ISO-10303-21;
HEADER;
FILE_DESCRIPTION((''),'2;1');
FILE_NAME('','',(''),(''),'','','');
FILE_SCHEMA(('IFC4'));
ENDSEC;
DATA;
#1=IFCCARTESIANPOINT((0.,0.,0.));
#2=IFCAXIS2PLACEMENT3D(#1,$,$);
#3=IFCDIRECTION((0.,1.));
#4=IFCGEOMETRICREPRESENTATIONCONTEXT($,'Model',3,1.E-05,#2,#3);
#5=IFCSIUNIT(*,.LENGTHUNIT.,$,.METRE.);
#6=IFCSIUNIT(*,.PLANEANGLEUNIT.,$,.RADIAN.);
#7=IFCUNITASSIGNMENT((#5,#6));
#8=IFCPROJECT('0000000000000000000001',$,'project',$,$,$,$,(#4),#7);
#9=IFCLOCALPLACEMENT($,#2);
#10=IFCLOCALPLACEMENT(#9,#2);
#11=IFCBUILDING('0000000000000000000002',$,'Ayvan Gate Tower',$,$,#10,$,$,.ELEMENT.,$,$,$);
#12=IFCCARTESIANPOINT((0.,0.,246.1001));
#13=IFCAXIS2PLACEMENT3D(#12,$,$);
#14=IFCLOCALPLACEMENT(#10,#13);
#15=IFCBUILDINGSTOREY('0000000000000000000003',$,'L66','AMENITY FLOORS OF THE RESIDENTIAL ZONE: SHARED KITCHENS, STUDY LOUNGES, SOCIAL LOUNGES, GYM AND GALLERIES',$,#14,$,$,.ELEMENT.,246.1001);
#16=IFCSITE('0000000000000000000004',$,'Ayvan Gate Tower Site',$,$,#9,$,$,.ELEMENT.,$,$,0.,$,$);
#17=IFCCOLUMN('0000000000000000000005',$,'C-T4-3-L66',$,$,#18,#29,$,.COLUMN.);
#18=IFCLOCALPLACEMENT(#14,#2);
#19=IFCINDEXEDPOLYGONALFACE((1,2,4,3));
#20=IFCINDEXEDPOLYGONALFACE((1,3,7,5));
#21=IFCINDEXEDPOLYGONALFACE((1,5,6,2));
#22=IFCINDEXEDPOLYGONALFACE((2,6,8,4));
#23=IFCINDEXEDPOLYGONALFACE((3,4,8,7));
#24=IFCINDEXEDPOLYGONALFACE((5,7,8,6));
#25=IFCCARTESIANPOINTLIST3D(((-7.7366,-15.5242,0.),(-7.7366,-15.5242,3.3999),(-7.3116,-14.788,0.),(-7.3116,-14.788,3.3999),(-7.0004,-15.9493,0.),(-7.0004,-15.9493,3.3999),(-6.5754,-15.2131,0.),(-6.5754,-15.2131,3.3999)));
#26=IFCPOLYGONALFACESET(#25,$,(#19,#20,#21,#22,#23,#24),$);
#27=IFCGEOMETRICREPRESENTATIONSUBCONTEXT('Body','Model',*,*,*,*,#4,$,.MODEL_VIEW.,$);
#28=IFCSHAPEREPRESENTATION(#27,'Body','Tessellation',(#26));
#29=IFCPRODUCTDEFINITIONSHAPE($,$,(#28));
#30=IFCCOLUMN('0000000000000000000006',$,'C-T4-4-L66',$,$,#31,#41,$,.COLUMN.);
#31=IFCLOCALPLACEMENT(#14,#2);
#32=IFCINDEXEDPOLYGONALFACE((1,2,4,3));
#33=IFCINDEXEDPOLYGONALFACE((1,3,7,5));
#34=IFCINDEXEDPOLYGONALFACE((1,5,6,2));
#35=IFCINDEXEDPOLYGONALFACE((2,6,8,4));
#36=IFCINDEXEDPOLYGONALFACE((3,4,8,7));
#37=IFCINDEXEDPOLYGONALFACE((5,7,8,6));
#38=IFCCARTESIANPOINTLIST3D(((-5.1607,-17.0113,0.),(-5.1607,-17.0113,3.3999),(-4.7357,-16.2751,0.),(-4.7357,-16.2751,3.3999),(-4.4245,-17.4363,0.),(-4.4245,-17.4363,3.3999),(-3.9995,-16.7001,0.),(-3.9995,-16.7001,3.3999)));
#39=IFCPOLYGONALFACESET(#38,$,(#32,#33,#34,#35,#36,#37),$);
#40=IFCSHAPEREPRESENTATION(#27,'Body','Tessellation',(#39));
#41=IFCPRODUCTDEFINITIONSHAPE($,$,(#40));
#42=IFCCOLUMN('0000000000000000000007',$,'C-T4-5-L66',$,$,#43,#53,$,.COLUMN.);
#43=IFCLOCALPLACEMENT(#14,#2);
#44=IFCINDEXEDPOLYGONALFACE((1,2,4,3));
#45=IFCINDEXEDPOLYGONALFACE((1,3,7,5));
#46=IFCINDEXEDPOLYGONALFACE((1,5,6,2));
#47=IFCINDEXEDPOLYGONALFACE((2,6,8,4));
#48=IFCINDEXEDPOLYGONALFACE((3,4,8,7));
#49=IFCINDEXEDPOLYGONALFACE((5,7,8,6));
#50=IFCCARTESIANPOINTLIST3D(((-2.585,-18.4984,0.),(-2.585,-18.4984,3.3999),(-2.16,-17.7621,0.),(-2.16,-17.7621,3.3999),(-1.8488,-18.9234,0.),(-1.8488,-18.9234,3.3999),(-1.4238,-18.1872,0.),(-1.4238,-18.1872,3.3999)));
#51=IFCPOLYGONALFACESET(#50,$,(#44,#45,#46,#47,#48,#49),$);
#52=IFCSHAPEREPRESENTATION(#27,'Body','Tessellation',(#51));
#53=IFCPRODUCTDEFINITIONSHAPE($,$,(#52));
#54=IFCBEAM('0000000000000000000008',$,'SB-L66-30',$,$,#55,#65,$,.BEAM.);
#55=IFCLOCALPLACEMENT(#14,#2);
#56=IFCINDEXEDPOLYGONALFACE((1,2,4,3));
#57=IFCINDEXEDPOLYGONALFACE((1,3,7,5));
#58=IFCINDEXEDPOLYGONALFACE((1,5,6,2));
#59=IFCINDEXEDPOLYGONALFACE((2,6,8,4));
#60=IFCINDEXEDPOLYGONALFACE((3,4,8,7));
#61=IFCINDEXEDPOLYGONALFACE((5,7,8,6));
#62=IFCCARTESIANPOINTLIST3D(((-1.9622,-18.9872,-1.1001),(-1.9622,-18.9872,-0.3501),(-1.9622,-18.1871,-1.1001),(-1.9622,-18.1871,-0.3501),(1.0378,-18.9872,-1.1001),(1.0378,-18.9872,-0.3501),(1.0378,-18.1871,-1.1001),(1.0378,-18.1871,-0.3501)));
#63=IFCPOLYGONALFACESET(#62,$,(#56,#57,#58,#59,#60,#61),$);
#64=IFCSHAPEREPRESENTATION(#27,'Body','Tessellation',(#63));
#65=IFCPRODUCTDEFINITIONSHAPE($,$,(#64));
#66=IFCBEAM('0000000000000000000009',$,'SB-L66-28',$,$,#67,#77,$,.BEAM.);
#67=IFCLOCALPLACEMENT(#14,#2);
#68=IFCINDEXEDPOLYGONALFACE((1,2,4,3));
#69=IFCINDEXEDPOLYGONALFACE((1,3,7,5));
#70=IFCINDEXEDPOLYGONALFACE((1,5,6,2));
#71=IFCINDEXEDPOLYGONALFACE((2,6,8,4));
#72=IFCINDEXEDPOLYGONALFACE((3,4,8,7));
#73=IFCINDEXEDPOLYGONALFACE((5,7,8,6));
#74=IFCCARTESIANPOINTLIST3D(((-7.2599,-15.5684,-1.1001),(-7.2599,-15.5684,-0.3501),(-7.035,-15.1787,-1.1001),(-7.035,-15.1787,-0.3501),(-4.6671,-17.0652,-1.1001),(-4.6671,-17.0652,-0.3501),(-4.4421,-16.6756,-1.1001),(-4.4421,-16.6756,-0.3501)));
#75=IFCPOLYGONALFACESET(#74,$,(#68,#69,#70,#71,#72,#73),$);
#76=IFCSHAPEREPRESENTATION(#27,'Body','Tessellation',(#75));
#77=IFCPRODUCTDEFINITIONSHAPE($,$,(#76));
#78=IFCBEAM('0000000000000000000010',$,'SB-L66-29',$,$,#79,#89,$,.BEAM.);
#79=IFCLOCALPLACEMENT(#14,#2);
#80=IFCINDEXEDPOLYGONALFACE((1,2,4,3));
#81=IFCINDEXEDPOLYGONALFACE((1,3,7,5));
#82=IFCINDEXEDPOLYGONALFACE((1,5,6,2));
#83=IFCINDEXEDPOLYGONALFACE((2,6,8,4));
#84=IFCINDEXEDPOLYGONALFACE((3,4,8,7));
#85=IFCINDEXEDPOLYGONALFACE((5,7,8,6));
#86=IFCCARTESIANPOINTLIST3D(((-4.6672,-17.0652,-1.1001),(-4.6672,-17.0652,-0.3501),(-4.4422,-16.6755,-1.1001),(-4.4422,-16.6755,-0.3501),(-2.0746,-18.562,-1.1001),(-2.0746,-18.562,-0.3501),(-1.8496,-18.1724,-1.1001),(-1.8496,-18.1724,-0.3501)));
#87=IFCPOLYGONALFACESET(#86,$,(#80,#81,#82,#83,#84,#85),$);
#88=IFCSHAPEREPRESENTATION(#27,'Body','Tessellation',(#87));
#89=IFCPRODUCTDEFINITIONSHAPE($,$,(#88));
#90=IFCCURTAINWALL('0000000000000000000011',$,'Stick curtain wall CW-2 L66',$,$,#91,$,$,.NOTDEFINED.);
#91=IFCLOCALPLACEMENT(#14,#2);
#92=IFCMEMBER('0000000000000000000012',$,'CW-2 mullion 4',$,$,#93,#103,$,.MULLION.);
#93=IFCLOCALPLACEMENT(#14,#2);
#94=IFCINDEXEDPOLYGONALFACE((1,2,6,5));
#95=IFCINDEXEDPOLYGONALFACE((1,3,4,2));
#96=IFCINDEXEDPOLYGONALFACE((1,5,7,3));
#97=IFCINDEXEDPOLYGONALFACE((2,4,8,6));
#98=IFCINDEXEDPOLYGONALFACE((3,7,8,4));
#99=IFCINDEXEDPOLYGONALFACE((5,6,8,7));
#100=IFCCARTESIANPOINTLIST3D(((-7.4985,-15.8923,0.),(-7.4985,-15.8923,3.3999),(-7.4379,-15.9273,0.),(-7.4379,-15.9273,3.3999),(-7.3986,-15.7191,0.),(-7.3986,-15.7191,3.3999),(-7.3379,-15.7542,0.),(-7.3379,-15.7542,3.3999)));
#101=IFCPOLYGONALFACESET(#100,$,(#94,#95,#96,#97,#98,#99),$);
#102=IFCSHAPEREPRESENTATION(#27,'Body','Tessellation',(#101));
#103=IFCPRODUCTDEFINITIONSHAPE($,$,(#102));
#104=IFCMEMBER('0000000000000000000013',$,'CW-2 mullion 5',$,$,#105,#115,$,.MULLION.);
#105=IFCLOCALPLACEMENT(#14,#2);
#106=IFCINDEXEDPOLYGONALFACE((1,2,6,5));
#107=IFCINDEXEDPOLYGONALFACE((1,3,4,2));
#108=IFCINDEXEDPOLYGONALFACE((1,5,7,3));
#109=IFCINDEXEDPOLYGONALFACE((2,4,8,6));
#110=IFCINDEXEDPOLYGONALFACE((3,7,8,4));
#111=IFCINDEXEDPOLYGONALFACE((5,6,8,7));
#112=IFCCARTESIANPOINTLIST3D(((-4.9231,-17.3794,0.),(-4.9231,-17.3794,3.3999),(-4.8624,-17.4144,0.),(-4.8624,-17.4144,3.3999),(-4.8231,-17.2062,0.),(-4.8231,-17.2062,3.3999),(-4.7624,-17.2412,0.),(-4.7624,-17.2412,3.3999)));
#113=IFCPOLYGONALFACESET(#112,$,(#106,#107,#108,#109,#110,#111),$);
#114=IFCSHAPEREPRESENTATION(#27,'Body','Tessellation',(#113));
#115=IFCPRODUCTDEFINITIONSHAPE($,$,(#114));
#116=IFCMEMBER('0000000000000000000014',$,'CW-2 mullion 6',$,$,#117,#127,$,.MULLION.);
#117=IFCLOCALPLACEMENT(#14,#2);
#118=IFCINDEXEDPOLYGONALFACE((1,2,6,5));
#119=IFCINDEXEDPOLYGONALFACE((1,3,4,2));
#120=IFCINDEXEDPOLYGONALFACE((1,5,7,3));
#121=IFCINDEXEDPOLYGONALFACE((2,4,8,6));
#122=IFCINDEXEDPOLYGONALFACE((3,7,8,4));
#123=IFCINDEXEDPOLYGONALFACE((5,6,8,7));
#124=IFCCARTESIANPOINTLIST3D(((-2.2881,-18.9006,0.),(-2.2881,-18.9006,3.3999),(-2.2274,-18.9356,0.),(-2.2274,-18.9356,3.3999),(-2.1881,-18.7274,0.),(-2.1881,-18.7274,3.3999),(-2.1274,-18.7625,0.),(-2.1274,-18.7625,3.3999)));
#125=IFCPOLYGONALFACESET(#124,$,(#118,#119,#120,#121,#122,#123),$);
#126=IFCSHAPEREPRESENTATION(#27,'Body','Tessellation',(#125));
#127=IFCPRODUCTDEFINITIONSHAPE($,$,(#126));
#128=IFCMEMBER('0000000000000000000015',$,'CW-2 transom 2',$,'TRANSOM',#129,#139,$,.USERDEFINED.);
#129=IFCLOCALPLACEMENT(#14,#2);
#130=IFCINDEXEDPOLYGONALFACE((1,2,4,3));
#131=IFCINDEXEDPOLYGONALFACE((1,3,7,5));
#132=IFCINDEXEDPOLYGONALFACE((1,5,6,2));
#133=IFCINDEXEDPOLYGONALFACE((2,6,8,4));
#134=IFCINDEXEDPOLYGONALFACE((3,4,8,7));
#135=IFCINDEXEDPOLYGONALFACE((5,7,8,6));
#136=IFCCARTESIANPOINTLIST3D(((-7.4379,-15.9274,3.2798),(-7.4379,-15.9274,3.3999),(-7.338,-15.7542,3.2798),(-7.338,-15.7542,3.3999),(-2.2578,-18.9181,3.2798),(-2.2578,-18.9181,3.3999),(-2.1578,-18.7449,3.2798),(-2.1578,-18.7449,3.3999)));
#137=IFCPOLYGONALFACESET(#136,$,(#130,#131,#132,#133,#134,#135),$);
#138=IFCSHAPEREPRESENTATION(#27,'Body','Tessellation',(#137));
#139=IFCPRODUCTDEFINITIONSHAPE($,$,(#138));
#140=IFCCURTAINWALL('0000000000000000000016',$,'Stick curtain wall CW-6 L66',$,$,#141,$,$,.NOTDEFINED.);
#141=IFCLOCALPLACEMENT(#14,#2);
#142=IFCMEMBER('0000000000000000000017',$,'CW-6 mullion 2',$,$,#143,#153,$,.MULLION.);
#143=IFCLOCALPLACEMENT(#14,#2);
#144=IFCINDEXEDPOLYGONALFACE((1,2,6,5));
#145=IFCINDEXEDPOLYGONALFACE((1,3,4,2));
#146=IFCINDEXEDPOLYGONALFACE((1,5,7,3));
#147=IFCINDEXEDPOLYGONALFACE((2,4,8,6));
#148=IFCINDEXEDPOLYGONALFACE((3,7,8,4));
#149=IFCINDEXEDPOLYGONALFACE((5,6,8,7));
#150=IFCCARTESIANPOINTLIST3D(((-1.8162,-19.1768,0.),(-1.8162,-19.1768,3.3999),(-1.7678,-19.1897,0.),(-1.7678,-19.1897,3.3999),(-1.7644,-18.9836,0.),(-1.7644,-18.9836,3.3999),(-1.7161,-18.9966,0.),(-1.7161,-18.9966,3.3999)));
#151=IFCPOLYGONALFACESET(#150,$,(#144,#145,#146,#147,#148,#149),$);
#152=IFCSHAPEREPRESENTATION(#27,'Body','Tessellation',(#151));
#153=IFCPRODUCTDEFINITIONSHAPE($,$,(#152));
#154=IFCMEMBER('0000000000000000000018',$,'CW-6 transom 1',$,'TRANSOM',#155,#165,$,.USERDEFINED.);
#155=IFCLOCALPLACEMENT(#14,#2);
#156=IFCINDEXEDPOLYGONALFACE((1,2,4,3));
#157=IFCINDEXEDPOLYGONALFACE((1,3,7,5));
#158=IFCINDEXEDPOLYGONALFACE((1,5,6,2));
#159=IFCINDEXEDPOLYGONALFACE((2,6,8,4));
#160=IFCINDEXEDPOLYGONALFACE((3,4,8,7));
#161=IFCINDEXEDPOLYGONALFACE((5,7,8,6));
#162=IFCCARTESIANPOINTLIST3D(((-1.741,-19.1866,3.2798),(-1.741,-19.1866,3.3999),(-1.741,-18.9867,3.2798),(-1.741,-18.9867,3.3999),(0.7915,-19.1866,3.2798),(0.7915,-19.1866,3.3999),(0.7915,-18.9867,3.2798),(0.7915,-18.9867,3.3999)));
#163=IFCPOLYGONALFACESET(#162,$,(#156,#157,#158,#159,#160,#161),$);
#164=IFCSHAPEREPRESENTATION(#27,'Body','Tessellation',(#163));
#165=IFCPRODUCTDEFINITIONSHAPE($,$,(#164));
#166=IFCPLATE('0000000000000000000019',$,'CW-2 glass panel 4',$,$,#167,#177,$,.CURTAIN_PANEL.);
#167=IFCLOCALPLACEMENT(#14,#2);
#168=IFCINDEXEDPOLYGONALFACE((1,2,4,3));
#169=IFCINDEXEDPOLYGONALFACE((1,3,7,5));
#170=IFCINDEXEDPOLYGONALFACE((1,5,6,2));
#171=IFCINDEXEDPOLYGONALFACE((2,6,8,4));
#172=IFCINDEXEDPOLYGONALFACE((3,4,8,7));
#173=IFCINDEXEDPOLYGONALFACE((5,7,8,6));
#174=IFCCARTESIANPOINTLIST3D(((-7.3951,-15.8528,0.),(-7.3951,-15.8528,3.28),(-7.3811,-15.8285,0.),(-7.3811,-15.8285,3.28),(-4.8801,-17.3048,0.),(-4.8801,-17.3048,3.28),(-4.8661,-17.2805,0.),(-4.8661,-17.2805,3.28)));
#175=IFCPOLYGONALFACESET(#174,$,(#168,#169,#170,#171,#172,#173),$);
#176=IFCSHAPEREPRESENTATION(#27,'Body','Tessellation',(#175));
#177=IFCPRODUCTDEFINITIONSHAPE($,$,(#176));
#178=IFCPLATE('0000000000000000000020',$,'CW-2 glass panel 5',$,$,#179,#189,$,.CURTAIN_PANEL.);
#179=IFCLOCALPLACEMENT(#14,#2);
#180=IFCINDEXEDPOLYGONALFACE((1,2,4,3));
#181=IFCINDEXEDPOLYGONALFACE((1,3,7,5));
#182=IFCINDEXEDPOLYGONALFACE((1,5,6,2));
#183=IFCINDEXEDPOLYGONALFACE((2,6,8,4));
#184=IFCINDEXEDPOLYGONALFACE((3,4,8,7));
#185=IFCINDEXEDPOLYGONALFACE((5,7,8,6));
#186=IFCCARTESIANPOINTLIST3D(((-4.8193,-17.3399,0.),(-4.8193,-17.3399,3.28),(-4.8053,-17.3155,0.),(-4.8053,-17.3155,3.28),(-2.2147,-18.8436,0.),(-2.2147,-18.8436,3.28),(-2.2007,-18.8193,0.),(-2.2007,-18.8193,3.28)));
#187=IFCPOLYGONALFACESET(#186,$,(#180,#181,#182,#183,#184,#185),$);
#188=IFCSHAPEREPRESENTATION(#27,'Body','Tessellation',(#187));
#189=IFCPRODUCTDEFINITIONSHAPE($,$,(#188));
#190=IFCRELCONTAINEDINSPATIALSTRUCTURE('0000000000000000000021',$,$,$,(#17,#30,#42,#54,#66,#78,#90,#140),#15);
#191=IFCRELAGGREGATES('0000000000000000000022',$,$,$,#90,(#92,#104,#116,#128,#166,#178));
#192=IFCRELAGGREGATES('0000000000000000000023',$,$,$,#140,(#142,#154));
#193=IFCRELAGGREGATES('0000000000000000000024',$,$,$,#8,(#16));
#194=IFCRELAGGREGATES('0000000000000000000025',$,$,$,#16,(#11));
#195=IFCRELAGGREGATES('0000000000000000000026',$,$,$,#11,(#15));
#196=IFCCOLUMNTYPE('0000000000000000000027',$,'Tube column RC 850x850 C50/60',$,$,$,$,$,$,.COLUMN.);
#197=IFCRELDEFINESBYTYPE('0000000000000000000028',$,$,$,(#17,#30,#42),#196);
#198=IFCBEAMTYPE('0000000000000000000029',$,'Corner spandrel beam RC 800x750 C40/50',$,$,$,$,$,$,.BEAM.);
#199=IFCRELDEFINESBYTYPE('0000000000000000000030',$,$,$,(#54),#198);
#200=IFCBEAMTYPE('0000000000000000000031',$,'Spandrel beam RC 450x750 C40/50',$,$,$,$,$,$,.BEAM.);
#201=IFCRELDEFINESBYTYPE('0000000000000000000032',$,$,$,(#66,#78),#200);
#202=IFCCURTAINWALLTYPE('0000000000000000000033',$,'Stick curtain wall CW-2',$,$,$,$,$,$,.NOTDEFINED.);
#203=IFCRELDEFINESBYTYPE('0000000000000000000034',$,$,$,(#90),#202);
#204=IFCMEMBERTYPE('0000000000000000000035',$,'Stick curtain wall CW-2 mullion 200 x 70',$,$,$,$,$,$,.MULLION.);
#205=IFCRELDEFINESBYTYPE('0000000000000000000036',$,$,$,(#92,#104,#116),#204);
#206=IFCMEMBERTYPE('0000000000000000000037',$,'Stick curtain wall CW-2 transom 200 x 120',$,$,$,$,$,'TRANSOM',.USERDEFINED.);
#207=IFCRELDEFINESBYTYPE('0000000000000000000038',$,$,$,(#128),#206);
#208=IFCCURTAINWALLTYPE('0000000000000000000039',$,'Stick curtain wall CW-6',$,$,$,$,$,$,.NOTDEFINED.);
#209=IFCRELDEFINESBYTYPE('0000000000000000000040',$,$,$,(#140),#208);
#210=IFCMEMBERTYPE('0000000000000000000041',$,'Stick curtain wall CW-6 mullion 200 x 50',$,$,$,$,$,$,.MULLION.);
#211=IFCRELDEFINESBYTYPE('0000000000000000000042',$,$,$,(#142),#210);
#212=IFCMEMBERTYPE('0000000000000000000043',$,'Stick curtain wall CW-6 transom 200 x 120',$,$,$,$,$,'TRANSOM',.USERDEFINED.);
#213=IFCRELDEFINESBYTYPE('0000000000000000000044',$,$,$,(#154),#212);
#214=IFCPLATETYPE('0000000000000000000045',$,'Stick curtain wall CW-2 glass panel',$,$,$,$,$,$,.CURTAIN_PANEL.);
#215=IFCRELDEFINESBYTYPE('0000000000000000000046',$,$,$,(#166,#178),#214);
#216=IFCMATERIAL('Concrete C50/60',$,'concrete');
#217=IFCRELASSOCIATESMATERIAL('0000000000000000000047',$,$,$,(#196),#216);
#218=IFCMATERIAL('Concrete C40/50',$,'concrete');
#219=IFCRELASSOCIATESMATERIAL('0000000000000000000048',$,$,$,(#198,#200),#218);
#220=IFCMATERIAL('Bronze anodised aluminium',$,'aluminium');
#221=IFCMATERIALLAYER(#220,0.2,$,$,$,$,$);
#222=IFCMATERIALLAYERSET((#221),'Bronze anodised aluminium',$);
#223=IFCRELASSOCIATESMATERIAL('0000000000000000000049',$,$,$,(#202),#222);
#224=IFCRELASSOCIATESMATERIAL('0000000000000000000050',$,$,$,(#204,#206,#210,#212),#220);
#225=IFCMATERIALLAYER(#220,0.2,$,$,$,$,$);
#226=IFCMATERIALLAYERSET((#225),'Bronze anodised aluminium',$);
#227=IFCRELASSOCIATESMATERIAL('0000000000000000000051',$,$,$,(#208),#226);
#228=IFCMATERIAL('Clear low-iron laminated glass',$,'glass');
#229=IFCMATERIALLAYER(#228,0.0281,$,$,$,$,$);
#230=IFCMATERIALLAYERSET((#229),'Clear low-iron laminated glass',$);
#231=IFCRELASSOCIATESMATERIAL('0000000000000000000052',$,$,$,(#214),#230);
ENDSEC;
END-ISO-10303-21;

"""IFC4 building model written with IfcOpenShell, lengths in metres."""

from ifc_helpers import new_model, si_unit, direction, frame, origin, origin_2d, place, context, subcontext, project, spatial, rectangle, extrude, material, layer, layer_set, material_profile, profile_set, type_object, element, aggregate, save


model = new_model("IFC4")

# Units and contexts
model_context = context("Model", 3, precision=1e-05, world=origin(), true_north=direction((0.0, 1.0)))
body_context = subcontext(model_context, "Body", "Model", "MODEL_VIEW")
ifc_project = project(units=[si_unit("LENGTHUNIT", "METRE"), si_unit("PLANEANGLEUNIT", "RADIAN")], contexts=[model_context])

# Site, building, storey
site_placement = place(None, origin())
site = spatial("IfcSite", under=ifc_project, at=site_placement, Name="Ayvan Gate Tower Site", CompositionType="ELEMENT", RefElevation=0.0)
building_placement = place(site_placement, origin())
building = spatial("IfcBuilding", under=site, at=building_placement, Name="Ayvan Gate Tower", CompositionType="ELEMENT")
storey_placement = place(building_placement, frame((0.0, 0.0, 246.1001)))
storey = spatial("IfcBuildingStorey", under=building, at=storey_placement, Name="L66", Description="AMENITY FLOORS OF THE RESIDENTIAL ZONE: SHARED KITCHENS, STUDY LOUNGES, SOCIAL LOUNGES, GYM AND GALLERIES", CompositionType="ELEMENT", Elevation=246.1001)

# Columns
ifc_material_1 = material(Name="Concrete C50/60", Category="concrete")
ifc_material_profile_1 = material_profile(ifc_material_1, rectangle(XDim=0.8501, YDim=0.8501, at=origin_2d()), Name="RC 850x850")
ifc_profile_set_1 = profile_set([ifc_material_profile_1], Name="Concrete C50/60")
column_type = type_object("IfcColumnType", Name="Tube column RC 850x850 C50/60", PredefinedType="COLUMN", material=ifc_profile_set_1)
for number, where, z_axis, x_axis, name in (
    (1, (-7.156, -15.3687, 0.0), (0.0, 0.0, 1.0), (-0.5, -0.866025, 0.0), "C-T4-3-L66"),
    (2, (-4.5801, -16.8557, 0.0), (0.0, 0.0, 1.0), (-0.5, -0.866025, 0.0), "C-T4-4-L66"),
    (3, (-2.0044, -18.3428, 0.0), (0.0, 0.0, 1.0), (-0.5, -0.866025, 0.0), "C-T4-5-L66"),
):
    element("IfcColumn", number, at=place(storey_placement, frame(where, z_axis=z_axis, x_axis=x_axis)), inside=storey, type_object=column_type, Name=name, PredefinedType="COLUMN", context=body_context, shape_type="SweptSolid", body=[
        extrude(rectangle(XDim=0.8501, YDim=0.8501, at=origin_2d()), origin(), (0.0, 0.0, 1.0), 3.3999),
    ])

# Beams
ifc_material_2 = material(Name="Concrete C40/50", Category="concrete")
ifc_material_profile_2 = material_profile(ifc_material_2, rectangle(XDim=0.8, YDim=0.75, at=origin_2d()), Name="RC 800x750")
ifc_profile_set_2 = profile_set([ifc_material_profile_2], Name="Concrete C40/50")
beam_type_1 = type_object("IfcBeamType", Name="Corner spandrel beam RC 800x750 C40/50", PredefinedType="BEAM", material=ifc_profile_set_2)
beam_1_placement = place(storey_placement, frame((-1.9622, -18.5872, -0.7251), z_axis=(1.0, 0.0, 0.0), x_axis=(0.0, 1.0, 0.0)))
element("IfcBeam", 4, at=beam_1_placement, inside=storey, type_object=beam_type_1, Name="SB-L66-30", PredefinedType="BEAM", context=body_context, shape_type="SweptSolid", body=[
    extrude(rectangle(XDim=0.8, YDim=0.75, at=origin_2d()), origin(), (0.0, 0.0, 1.0), 3.0),
])
ifc_material_profile_3 = material_profile(ifc_material_2, rectangle(XDim=0.45, YDim=0.75, at=origin_2d()), Name="RC 450x750")
ifc_profile_set_3 = profile_set([ifc_material_profile_3], Name="Concrete C40/50")
beam_type_2 = type_object("IfcBeamType", Name="Spandrel beam RC 450x750 C40/50", PredefinedType="BEAM", material=ifc_profile_set_3)
beam_2_placement = place(storey_placement, frame((-7.1475, -15.3735, -0.7251), z_axis=(0.866042, -0.499972, 0.0), x_axis=(0.499972, 0.866042, 0.0)))
element("IfcBeam", 5, at=beam_2_placement, inside=storey, type_object=beam_type_2, Name="SB-L66-28", PredefinedType="BEAM", context=body_context, shape_type="SweptSolid", body=[
    extrude(rectangle(XDim=0.45, YDim=0.75, at=origin_2d()), origin(), (0.0, 0.0, 1.0), 2.9939),
])
beam_3_placement = place(storey_placement, frame((-4.5547, -16.8704, -0.7251), z_axis=(0.866021, -0.500007, 0.0), x_axis=(0.500007, 0.866021, 0.0)))
element("IfcBeam", 6, at=beam_3_placement, inside=storey, type_object=beam_type_2, Name="SB-L66-29", PredefinedType="BEAM", context=body_context, shape_type="SweptSolid", body=[
    extrude(rectangle(XDim=0.45, YDim=0.75, at=origin_2d()), origin(), (0.0, 0.0, 1.0), 2.9937),
])

# Curtain walls, members
ifc_material_3 = material(Name="Bronze anodised aluminium", Category="aluminium")
ifc_layer_1 = layer(ifc_material_3, 0.2)
ifc_layer_set_1 = layer_set([ifc_layer_1], Name="Bronze anodised aluminium")
curtain_wall_type_1 = type_object("IfcCurtainWallType", Name="Stick curtain wall CW-2", PredefinedType="NOTDEFINED", material=ifc_layer_set_1)
curtain_wall_1_placement = place(storey_placement, origin())
curtain_wall_1 = element("IfcCurtainWall", 7, at=curtain_wall_1_placement, inside=storey, type_object=curtain_wall_type_1, Name="Stick curtain wall CW-2 L66", PredefinedType="NOTDEFINED")
ifc_material_profile_4 = material_profile(ifc_material_3, rectangle(XDim=0.2, YDim=0.0701, at=origin_2d()), Name="Stick curtain wall CW-2 mullion 200 x 70")
ifc_profile_set_4 = profile_set([ifc_material_profile_4], Name="Bronze anodised aluminium")
member_type_1 = type_object("IfcMemberType", Name="Stick curtain wall CW-2 mullion 200 x 70", PredefinedType="MULLION", material=ifc_profile_set_4)
member_1_placement = place(storey_placement, frame((-7.4182, -15.8232, 0.0), z_axis=(0.0, 0.0, 1.0), x_axis=(-0.5, -0.866025, 0.0)))
member_1 = element("IfcMember", 8, at=member_1_placement, type_object=member_type_1, Name="CW-2 mullion 4", PredefinedType="MULLION", context=body_context, shape_type="SweptSolid", body=[
    extrude(rectangle(XDim=0.2, YDim=0.0701, at=origin_2d()), origin(), (0.0, 0.0, 1.0), 3.3999),
])
member_2_placement = place(storey_placement, frame((-4.8428, -17.3103, 0.0), z_axis=(0.0, 0.0, 1.0), x_axis=(-0.5, -0.866025, 0.0)))
member_2 = element("IfcMember", 9, at=member_2_placement, type_object=member_type_1, Name="CW-2 mullion 5", PredefinedType="MULLION", context=body_context, shape_type="SweptSolid", body=[
    extrude(rectangle(XDim=0.2, YDim=0.0701, at=origin_2d()), origin(), (0.0, 0.0, 1.0), 3.3999),
])
member_3_placement = place(storey_placement, frame((-2.2078, -18.8315, 0.0), z_axis=(0.0, 0.0, 1.0), x_axis=(-0.5, -0.866025, 0.0)))
member_3 = element("IfcMember", 10, at=member_3_placement, type_object=member_type_1, Name="CW-2 mullion 6", PredefinedType="MULLION", context=body_context, shape_type="SweptSolid", body=[
    extrude(rectangle(XDim=0.2, YDim=0.0701, at=origin_2d()), origin(), (0.0, 0.0, 1.0), 3.3999),
])
ifc_material_profile_5 = material_profile(ifc_material_3, rectangle(XDim=0.2, YDim=0.1201, at=origin_2d()), Name="Stick curtain wall CW-2 transom 200 x 120")
ifc_profile_set_5 = profile_set([ifc_material_profile_5], Name="Bronze anodised aluminium")
member_type_2 = type_object("IfcMemberType", Name="Stick curtain wall CW-2 transom 200 x 120", ElementType="TRANSOM", PredefinedType="USERDEFINED", material=ifc_profile_set_5)
member_4_placement = place(storey_placement, frame((-7.3879, -15.8408, 3.3398), z_axis=(0.866029, -0.499993, 0.0), x_axis=(0.499993, 0.866029, 0.0)))
member_4 = element("IfcMember", 11, at=member_4_placement, type_object=member_type_2, Name="CW-2 transom 2", ObjectType="TRANSOM", PredefinedType="USERDEFINED", context=body_context, shape_type="SweptSolid", body=[
    extrude(rectangle(XDim=0.2, YDim=0.1201, at=origin_2d()), origin(), (0.0, 0.0, 1.0), 5.9814),
])
ifc_layer_2 = layer(ifc_material_3, 0.2)
ifc_layer_set_2 = layer_set([ifc_layer_2], Name="Bronze anodised aluminium")
curtain_wall_type_2 = type_object("IfcCurtainWallType", Name="Stick curtain wall CW-6", PredefinedType="NOTDEFINED", material=ifc_layer_set_2)
curtain_wall_2_placement = place(storey_placement, origin())
curtain_wall_2 = element("IfcCurtainWall", 12, at=curtain_wall_2_placement, inside=storey, type_object=curtain_wall_type_2, Name="Stick curtain wall CW-6 L66", PredefinedType="NOTDEFINED")
ifc_material_profile_6 = material_profile(ifc_material_3, rectangle(XDim=0.2, YDim=0.05, at=origin_2d()), Name="Stick curtain wall CW-6 mullion 200 x 50")
ifc_profile_set_6 = profile_set([ifc_material_profile_6], Name="Bronze anodised aluminium")
member_type_3 = type_object("IfcMemberType", Name="Stick curtain wall CW-6 mullion 200 x 50", PredefinedType="MULLION", material=ifc_profile_set_6)
member_5_placement = place(storey_placement, frame((-1.7661, -19.0867, 0.0), z_axis=(0.0, 0.0, 1.0), x_axis=(-0.258819, -0.965926, 0.0)))
member_5 = element("IfcMember", 13, at=member_5_placement, type_object=member_type_3, Name="CW-6 mullion 2", PredefinedType="MULLION", context=body_context, shape_type="SweptSolid", body=[
    extrude(rectangle(XDim=0.2, YDim=0.05, at=origin_2d()), origin(), (0.0, 0.0, 1.0), 3.3999),
])
ifc_material_profile_7 = material_profile(ifc_material_3, rectangle(XDim=0.2, YDim=0.1201, at=origin_2d()), Name="Stick curtain wall CW-6 transom 200 x 120")
ifc_profile_set_7 = profile_set([ifc_material_profile_7], Name="Bronze anodised aluminium")
member_type_4 = type_object("IfcMemberType", Name="Stick curtain wall CW-6 transom 200 x 120", ElementType="TRANSOM", PredefinedType="USERDEFINED", material=ifc_profile_set_7)
member_6_placement = place(storey_placement, frame((-1.741, -19.0867, 3.3398), z_axis=(1.0, 0.0, 0.0), x_axis=(0.0, 1.0, 0.0)))
member_6 = element("IfcMember", 14, at=member_6_placement, type_object=member_type_4, Name="CW-6 transom 1", ObjectType="TRANSOM", PredefinedType="USERDEFINED", context=body_context, shape_type="SweptSolid", body=[
    extrude(rectangle(XDim=0.2, YDim=0.1201, at=origin_2d()), origin(), (0.0, 0.0, 1.0), 2.5325),
])

# Plates
ifc_material_4 = material(Name="Clear low-iron laminated glass", Category="glass")
ifc_layer_3 = layer(ifc_material_4, 0.0281)
ifc_layer_set_3 = layer_set([ifc_layer_3], Name="Clear low-iron laminated glass")
plate_type_1 = type_object("IfcPlateType", Name="Stick curtain wall CW-2 glass panel", PredefinedType="CURTAIN_PANEL", material=ifc_layer_set_3)
plate_1_placement = place(storey_placement, frame((-6.1306, -16.5667, 0.0), z_axis=(0.0, 0.0, 1.0), x_axis=(0.866025, -0.5, 0.0)))
plate_1 = element("IfcPlate", 15, at=plate_1_placement, type_object=plate_type_1, Name="CW-2 glass panel 4", PredefinedType="CURTAIN_PANEL", context=body_context, shape_type="SweptSolid", body=[
    extrude(rectangle(XDim=2.9041, YDim=0.0281, at=origin_2d()), origin(), (0.0, 0.0, 1.0), 3.28),
])
plate_2_placement = place(storey_placement, frame((-3.51, -18.0796, 0.0), z_axis=(0.0, 0.0, 1.0), x_axis=(0.866025, -0.5, 0.0)))
plate_2 = element("IfcPlate", 16, at=plate_2_placement, type_object=plate_type_1, Name="CW-2 glass panel 5", PredefinedType="CURTAIN_PANEL", context=body_context, shape_type="SweptSolid", body=[
    extrude(rectangle(XDim=3.0076, YDim=0.0281, at=origin_2d()), origin(), (0.0, 0.0, 1.0), 3.28),
])
aggregate(curtain_wall_1, [member_1, member_2, member_3, member_4, plate_1, plate_2])
aggregate(curtain_wall_2, [member_5, member_6])

save(model, "model.ifc")
